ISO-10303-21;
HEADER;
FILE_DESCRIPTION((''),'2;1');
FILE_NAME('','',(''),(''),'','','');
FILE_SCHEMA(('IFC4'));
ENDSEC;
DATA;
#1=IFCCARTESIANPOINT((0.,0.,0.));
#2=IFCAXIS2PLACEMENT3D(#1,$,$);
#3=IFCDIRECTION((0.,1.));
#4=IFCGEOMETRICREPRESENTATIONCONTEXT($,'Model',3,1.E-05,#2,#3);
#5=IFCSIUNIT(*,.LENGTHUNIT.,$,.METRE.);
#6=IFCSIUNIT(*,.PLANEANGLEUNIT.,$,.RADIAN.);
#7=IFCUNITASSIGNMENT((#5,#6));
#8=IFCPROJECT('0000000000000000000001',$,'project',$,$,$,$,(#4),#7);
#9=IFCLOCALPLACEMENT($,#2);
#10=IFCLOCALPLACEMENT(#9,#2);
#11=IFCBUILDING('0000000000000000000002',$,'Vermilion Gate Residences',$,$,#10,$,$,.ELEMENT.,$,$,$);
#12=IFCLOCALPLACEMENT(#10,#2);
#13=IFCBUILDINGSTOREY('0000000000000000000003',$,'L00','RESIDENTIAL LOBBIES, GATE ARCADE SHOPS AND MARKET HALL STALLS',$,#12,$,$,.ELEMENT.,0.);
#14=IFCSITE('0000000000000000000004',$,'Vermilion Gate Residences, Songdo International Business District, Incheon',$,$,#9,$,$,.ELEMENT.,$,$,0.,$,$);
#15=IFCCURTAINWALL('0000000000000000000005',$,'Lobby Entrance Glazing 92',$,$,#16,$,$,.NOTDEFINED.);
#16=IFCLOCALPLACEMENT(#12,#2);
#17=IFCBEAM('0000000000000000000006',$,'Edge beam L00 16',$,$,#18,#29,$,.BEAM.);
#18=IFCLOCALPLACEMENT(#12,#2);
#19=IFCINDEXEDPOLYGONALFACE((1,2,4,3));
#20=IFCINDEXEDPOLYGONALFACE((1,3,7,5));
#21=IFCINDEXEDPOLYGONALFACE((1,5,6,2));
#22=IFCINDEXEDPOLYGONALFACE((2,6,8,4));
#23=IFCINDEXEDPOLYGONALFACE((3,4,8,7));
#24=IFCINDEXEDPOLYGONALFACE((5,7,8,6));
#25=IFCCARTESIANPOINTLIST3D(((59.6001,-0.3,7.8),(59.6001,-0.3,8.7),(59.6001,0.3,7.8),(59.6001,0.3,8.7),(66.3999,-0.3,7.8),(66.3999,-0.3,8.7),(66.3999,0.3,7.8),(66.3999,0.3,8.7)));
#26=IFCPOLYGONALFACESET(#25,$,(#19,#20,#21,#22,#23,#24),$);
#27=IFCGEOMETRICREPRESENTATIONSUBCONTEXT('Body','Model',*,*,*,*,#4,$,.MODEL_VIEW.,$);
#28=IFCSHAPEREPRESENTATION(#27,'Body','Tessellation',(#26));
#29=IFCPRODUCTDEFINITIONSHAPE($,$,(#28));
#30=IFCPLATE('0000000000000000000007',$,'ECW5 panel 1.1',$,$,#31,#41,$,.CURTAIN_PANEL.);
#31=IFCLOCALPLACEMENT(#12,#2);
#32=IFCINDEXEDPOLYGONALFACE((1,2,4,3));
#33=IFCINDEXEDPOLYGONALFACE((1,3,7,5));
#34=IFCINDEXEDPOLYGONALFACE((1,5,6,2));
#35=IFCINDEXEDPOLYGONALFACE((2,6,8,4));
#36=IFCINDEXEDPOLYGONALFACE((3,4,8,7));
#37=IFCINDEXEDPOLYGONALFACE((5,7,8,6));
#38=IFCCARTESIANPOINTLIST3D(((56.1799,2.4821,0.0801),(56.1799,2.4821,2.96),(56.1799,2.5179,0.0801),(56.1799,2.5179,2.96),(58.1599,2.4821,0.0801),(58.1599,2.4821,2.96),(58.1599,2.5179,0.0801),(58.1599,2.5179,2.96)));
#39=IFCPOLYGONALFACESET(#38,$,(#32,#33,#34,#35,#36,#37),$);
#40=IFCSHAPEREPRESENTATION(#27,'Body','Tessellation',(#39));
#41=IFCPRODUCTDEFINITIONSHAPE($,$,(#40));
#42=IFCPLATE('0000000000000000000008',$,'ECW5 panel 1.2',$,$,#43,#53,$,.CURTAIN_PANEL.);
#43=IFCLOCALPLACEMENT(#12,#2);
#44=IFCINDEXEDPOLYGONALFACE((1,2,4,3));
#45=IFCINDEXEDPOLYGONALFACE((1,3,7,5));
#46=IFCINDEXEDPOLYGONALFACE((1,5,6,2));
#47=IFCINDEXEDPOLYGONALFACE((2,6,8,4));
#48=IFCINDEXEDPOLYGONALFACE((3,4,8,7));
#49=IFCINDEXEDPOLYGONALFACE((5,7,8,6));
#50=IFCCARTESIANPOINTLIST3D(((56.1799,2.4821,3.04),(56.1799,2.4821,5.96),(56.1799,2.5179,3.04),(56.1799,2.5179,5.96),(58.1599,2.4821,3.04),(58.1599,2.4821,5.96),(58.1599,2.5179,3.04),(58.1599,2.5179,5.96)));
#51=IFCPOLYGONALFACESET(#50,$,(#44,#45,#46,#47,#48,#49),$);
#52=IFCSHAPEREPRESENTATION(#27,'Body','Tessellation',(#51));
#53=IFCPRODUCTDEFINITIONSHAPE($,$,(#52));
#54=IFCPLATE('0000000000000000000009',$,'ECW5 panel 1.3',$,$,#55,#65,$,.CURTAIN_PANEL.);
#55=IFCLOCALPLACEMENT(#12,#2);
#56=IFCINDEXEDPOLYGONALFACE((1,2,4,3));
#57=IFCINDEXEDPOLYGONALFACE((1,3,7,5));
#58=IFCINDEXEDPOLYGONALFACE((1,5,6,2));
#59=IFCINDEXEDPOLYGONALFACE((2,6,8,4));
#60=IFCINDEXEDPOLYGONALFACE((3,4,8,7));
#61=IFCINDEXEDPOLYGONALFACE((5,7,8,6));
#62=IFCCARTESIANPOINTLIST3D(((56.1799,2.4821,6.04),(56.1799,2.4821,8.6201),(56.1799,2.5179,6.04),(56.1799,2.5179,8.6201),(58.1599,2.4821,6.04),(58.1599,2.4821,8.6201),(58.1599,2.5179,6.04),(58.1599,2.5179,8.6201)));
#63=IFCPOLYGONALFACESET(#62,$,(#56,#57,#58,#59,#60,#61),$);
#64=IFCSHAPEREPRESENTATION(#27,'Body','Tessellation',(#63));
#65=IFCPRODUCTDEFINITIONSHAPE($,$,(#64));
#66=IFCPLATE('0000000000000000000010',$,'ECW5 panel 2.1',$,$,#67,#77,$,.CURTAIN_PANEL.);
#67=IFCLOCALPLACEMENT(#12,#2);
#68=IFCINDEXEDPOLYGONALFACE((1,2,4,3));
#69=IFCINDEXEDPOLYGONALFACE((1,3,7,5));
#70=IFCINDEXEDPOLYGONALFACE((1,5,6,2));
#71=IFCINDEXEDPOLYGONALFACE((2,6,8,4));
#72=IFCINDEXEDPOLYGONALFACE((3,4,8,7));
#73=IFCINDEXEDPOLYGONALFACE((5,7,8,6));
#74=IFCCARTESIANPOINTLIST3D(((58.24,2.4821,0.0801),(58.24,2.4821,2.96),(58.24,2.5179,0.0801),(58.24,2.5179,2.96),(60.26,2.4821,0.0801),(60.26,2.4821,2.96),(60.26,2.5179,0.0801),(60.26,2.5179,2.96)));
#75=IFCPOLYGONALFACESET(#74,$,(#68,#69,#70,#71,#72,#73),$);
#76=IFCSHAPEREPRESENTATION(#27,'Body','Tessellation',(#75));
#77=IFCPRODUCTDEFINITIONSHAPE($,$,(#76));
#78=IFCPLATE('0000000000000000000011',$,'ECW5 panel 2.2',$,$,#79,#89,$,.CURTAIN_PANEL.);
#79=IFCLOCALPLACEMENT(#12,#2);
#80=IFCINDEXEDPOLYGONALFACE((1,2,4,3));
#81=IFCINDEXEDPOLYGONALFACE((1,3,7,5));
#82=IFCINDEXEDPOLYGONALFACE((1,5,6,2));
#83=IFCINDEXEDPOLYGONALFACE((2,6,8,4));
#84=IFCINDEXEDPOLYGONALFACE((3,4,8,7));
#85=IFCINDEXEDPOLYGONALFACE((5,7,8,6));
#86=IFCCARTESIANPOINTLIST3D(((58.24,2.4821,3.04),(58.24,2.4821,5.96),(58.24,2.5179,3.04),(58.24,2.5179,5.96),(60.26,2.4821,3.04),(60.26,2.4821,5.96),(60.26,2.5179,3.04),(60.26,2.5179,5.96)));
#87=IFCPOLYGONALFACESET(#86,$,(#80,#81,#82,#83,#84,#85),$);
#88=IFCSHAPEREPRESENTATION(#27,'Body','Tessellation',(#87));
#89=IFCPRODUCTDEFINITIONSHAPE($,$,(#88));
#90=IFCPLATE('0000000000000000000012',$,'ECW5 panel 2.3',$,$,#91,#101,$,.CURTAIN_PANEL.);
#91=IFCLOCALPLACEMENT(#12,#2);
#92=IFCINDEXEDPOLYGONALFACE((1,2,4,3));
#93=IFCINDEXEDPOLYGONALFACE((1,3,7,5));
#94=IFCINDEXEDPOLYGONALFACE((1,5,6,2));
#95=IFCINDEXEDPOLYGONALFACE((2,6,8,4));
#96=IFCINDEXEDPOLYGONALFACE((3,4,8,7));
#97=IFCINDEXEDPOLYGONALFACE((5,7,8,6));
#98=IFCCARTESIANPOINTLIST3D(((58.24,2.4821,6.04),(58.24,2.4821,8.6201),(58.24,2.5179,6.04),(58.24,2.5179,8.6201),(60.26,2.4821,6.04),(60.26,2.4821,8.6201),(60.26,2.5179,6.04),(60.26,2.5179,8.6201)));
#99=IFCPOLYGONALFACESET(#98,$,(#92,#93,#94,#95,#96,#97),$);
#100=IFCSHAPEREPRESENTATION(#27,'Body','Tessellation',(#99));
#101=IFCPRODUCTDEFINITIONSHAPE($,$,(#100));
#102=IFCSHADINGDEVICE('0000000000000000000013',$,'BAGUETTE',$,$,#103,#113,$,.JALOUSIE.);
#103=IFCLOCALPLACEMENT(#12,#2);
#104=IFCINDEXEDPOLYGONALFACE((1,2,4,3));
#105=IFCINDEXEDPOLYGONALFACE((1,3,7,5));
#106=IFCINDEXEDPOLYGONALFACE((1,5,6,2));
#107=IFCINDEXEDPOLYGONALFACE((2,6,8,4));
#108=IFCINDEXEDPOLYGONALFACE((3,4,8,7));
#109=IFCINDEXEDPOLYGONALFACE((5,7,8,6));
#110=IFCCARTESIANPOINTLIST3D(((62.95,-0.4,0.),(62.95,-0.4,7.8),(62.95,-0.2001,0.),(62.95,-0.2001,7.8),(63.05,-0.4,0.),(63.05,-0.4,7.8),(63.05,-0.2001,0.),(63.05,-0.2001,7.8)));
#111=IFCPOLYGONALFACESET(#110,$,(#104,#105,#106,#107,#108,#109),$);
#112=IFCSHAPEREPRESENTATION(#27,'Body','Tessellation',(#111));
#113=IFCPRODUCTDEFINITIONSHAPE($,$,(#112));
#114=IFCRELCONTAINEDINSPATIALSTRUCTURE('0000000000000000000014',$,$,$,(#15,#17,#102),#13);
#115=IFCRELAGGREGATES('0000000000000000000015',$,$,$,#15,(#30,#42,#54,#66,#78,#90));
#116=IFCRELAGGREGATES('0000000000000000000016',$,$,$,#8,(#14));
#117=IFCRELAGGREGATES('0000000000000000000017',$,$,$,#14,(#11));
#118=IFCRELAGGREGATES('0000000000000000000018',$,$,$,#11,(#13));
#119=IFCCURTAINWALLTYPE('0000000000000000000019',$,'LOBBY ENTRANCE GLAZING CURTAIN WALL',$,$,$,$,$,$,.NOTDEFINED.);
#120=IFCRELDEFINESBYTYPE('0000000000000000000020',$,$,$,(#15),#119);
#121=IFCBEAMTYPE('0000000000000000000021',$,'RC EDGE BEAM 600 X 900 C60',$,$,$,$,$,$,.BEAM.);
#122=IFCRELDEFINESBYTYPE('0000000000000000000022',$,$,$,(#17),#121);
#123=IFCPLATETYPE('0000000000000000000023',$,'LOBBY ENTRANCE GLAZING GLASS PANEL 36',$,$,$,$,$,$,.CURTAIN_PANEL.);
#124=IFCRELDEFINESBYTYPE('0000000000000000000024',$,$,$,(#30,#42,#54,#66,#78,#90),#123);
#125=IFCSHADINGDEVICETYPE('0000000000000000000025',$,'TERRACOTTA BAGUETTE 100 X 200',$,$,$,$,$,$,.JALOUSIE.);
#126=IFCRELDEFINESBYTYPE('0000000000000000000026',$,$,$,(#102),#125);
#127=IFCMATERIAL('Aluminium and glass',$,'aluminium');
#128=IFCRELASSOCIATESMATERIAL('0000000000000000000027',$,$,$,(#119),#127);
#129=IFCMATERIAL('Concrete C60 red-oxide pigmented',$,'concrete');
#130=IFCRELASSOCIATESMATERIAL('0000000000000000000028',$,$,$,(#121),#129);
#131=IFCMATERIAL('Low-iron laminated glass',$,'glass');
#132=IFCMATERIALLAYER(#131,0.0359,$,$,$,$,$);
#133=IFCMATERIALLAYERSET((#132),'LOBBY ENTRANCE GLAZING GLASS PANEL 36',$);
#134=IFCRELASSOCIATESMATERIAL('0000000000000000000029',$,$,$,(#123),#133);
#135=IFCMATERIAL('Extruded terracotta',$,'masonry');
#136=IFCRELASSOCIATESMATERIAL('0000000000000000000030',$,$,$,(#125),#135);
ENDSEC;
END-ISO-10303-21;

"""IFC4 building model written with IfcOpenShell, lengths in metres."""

from ifc_helpers import new_model, si_unit, direction, frame, origin, origin_2d, place, context, subcontext, project, spatial, rectangle, extrude, material, layer, layer_set, material_profile, profile_set, type_object, element, aggregate, save


model = new_model("IFC4")

# Units and contexts
model_context = context("Model", 3, precision=1e-05, world=origin(), true_north=direction((0.0, 1.0)))
body_context = subcontext(model_context, "Body", "Model", "MODEL_VIEW")
ifc_project = project(units=[si_unit("LENGTHUNIT", "METRE"), si_unit("PLANEANGLEUNIT", "RADIAN")], contexts=[model_context])

# Site, building, storey
site_placement = place(None, origin())
site = spatial("IfcSite", under=ifc_project, at=site_placement, Name="Vermilion Gate Residences, Songdo International Business District, Incheon", CompositionType="ELEMENT", RefElevation=0.0)
building_placement = place(site_placement, origin())
building = spatial("IfcBuilding", under=site, at=building_placement, Name="Vermilion Gate Residences", CompositionType="ELEMENT")
storey_placement = place(building_placement, origin())
storey = spatial("IfcBuildingStorey", under=building, at=storey_placement, Name="L00", Description="RESIDENTIAL LOBBIES, GATE ARCADE SHOPS AND MARKET HALL STALLS", CompositionType="ELEMENT", Elevation=0.0)

# Curtain wall
ifc_material_1 = material(Name="Aluminium and glass", Category="aluminium")
curtain_wall_type = type_object("IfcCurtainWallType", Name="LOBBY ENTRANCE GLAZING CURTAIN WALL", PredefinedType="NOTDEFINED", material=ifc_material_1)
curtain_wall_placement = place(storey_placement, origin())
curtain_wall = element("IfcCurtainWall", 1, at=curtain_wall_placement, inside=storey, type_object=curtain_wall_type, Name="Lobby Entrance Glazing 92", PredefinedType="NOTDEFINED")

# Beam
ifc_material_2 = material(Name="Concrete C60 red-oxide pigmented", Category="concrete")
ifc_material_profile_1 = material_profile(ifc_material_2, rectangle(XDim=0.6001, YDim=0.8999, at=origin_2d()), Name="RC-600x900")
ifc_profile_set_1 = profile_set([ifc_material_profile_1], Name="Concrete C60 red-oxide pigmented")
beam_type = type_object("IfcBeamType", Name="RC EDGE BEAM 600 X 900 C60", PredefinedType="BEAM", material=ifc_profile_set_1)
beam_placement = place(storey_placement, frame((59.6001, 0.0, 8.25), z_axis=(1.0, 0.0, 0.0), x_axis=(0.0, 1.0, 0.0)))
element("IfcBeam", 2, at=beam_placement, inside=storey, type_object=beam_type, Name="Edge beam L00 16", PredefinedType="BEAM", context=body_context, shape_type="SweptSolid", body=[
    extrude(rectangle(XDim=0.6001, YDim=0.8999, at=origin_2d()), origin(), (0.0, 0.0, 1.0), 6.7998),
])

# Plates
ifc_material_3 = material(Name="Low-iron laminated glass", Category="glass")
ifc_layer = layer(ifc_material_3, 0.0359)
ifc_layer_set = layer_set([ifc_layer], Name="LOBBY ENTRANCE GLAZING GLASS PANEL 36")
plate_type = type_object("IfcPlateType", Name="LOBBY ENTRANCE GLAZING GLASS PANEL 36", PredefinedType="CURTAIN_PANEL", material=ifc_layer_set)
plate_1_placement = place(storey_placement, frame((57.1699, 2.5, 0.0801), z_axis=(0.0, 0.0, 1.0), x_axis=(1.0, 0.0, 0.0)))
plate_1 = element("IfcPlate", 3, at=plate_1_placement, type_object=plate_type, Name="ECW5 panel 1.1", PredefinedType="CURTAIN_PANEL", context=body_context, shape_type="SweptSolid", body=[
    extrude(rectangle(XDim=1.98, YDim=0.0359, at=origin_2d()), origin(), (0.0, 0.0, 1.0), 2.8799),
])
plate_2_placement = place(storey_placement, frame((57.1699, 2.5, 3.04), z_axis=(0.0, 0.0, 1.0), x_axis=(1.0, 0.0, 0.0)))
plate_2 = element("IfcPlate", 4, at=plate_2_placement, type_object=plate_type, Name="ECW5 panel 1.2", PredefinedType="CURTAIN_PANEL", context=body_context, shape_type="SweptSolid", body=[
    extrude(rectangle(XDim=1.98, YDim=0.0359, at=origin_2d()), origin(), (0.0, 0.0, 1.0), 2.9199),
])
plate_3_placement = place(storey_placement, frame((57.1699, 2.5, 6.04), z_axis=(0.0, 0.0, 1.0), x_axis=(1.0, 0.0, 0.0)))
plate_3 = element("IfcPlate", 5, at=plate_3_placement, type_object=plate_type, Name="ECW5 panel 1.3", PredefinedType="CURTAIN_PANEL", context=body_context, shape_type="SweptSolid", body=[
    extrude(rectangle(XDim=1.98, YDim=0.0359, at=origin_2d()), origin(), (0.0, 0.0, 1.0), 2.5801),
])
plate_4_placement = place(storey_placement, frame((59.25, 2.5, 0.0801), z_axis=(0.0, 0.0, 1.0), x_axis=(1.0, 0.0, 0.0)))
plate_4 = element("IfcPlate", 6, at=plate_4_placement, type_object=plate_type, Name="ECW5 panel 2.1", PredefinedType="CURTAIN_PANEL", context=body_context, shape_type="SweptSolid", body=[
    extrude(rectangle(XDim=2.02, YDim=0.0359, at=origin_2d()), origin(), (0.0, 0.0, 1.0), 2.8799),
])
plate_5_placement = place(storey_placement, frame((59.25, 2.5, 3.04), z_axis=(0.0, 0.0, 1.0), x_axis=(1.0, 0.0, 0.0)))
plate_5 = element("IfcPlate", 7, at=plate_5_placement, type_object=plate_type, Name="ECW5 panel 2.2", PredefinedType="CURTAIN_PANEL", context=body_context, shape_type="SweptSolid", body=[
    extrude(rectangle(XDim=2.02, YDim=0.0359, at=origin_2d()), origin(), (0.0, 0.0, 1.0), 2.9199),
])
plate_6_placement = place(storey_placement, frame((59.25, 2.5, 6.04), z_axis=(0.0, 0.0, 1.0), x_axis=(1.0, 0.0, 0.0)))
plate_6 = element("IfcPlate", 8, at=plate_6_placement, type_object=plate_type, Name="ECW5 panel 2.3", PredefinedType="CURTAIN_PANEL", context=body_context, shape_type="SweptSolid", body=[
    extrude(rectangle(XDim=2.02, YDim=0.0359, at=origin_2d()), origin(), (0.0, 0.0, 1.0), 2.5801),
])
aggregate(curtain_wall, [plate_1, plate_2, plate_3, plate_4, plate_5, plate_6])

# Shading device
ifc_material_4 = material(Name="Extruded terracotta", Category="masonry")
ifc_material_profile_2 = material_profile(ifc_material_4, rectangle(XDim=0.2, YDim=0.1001, at=origin_2d()), Name="BAGUETTE 100 X 200")
ifc_profile_set_2 = profile_set([ifc_material_profile_2], Name="Extruded terracotta")
shading_device_type = type_object("IfcShadingDeviceType", Name="TERRACOTTA BAGUETTE 100 X 200", PredefinedType="JALOUSIE", material=ifc_profile_set_2)
shading_device_placement = place(storey_placement, frame((63.0, -0.3, 0.0), z_axis=(0.0, 0.0, 1.0), x_axis=(0.0, 1.0, 0.0)))
element("IfcShadingDevice", 9, at=shading_device_placement, inside=storey, type_object=shading_device_type, Name="BAGUETTE", PredefinedType="JALOUSIE", context=body_context, shape_type="SweptSolid", body=[
    extrude(rectangle(XDim=0.2, YDim=0.1001, at=origin_2d()), origin(), (0.0, 0.0, 1.0), 7.8),
])

save(model, "model.ifc")
